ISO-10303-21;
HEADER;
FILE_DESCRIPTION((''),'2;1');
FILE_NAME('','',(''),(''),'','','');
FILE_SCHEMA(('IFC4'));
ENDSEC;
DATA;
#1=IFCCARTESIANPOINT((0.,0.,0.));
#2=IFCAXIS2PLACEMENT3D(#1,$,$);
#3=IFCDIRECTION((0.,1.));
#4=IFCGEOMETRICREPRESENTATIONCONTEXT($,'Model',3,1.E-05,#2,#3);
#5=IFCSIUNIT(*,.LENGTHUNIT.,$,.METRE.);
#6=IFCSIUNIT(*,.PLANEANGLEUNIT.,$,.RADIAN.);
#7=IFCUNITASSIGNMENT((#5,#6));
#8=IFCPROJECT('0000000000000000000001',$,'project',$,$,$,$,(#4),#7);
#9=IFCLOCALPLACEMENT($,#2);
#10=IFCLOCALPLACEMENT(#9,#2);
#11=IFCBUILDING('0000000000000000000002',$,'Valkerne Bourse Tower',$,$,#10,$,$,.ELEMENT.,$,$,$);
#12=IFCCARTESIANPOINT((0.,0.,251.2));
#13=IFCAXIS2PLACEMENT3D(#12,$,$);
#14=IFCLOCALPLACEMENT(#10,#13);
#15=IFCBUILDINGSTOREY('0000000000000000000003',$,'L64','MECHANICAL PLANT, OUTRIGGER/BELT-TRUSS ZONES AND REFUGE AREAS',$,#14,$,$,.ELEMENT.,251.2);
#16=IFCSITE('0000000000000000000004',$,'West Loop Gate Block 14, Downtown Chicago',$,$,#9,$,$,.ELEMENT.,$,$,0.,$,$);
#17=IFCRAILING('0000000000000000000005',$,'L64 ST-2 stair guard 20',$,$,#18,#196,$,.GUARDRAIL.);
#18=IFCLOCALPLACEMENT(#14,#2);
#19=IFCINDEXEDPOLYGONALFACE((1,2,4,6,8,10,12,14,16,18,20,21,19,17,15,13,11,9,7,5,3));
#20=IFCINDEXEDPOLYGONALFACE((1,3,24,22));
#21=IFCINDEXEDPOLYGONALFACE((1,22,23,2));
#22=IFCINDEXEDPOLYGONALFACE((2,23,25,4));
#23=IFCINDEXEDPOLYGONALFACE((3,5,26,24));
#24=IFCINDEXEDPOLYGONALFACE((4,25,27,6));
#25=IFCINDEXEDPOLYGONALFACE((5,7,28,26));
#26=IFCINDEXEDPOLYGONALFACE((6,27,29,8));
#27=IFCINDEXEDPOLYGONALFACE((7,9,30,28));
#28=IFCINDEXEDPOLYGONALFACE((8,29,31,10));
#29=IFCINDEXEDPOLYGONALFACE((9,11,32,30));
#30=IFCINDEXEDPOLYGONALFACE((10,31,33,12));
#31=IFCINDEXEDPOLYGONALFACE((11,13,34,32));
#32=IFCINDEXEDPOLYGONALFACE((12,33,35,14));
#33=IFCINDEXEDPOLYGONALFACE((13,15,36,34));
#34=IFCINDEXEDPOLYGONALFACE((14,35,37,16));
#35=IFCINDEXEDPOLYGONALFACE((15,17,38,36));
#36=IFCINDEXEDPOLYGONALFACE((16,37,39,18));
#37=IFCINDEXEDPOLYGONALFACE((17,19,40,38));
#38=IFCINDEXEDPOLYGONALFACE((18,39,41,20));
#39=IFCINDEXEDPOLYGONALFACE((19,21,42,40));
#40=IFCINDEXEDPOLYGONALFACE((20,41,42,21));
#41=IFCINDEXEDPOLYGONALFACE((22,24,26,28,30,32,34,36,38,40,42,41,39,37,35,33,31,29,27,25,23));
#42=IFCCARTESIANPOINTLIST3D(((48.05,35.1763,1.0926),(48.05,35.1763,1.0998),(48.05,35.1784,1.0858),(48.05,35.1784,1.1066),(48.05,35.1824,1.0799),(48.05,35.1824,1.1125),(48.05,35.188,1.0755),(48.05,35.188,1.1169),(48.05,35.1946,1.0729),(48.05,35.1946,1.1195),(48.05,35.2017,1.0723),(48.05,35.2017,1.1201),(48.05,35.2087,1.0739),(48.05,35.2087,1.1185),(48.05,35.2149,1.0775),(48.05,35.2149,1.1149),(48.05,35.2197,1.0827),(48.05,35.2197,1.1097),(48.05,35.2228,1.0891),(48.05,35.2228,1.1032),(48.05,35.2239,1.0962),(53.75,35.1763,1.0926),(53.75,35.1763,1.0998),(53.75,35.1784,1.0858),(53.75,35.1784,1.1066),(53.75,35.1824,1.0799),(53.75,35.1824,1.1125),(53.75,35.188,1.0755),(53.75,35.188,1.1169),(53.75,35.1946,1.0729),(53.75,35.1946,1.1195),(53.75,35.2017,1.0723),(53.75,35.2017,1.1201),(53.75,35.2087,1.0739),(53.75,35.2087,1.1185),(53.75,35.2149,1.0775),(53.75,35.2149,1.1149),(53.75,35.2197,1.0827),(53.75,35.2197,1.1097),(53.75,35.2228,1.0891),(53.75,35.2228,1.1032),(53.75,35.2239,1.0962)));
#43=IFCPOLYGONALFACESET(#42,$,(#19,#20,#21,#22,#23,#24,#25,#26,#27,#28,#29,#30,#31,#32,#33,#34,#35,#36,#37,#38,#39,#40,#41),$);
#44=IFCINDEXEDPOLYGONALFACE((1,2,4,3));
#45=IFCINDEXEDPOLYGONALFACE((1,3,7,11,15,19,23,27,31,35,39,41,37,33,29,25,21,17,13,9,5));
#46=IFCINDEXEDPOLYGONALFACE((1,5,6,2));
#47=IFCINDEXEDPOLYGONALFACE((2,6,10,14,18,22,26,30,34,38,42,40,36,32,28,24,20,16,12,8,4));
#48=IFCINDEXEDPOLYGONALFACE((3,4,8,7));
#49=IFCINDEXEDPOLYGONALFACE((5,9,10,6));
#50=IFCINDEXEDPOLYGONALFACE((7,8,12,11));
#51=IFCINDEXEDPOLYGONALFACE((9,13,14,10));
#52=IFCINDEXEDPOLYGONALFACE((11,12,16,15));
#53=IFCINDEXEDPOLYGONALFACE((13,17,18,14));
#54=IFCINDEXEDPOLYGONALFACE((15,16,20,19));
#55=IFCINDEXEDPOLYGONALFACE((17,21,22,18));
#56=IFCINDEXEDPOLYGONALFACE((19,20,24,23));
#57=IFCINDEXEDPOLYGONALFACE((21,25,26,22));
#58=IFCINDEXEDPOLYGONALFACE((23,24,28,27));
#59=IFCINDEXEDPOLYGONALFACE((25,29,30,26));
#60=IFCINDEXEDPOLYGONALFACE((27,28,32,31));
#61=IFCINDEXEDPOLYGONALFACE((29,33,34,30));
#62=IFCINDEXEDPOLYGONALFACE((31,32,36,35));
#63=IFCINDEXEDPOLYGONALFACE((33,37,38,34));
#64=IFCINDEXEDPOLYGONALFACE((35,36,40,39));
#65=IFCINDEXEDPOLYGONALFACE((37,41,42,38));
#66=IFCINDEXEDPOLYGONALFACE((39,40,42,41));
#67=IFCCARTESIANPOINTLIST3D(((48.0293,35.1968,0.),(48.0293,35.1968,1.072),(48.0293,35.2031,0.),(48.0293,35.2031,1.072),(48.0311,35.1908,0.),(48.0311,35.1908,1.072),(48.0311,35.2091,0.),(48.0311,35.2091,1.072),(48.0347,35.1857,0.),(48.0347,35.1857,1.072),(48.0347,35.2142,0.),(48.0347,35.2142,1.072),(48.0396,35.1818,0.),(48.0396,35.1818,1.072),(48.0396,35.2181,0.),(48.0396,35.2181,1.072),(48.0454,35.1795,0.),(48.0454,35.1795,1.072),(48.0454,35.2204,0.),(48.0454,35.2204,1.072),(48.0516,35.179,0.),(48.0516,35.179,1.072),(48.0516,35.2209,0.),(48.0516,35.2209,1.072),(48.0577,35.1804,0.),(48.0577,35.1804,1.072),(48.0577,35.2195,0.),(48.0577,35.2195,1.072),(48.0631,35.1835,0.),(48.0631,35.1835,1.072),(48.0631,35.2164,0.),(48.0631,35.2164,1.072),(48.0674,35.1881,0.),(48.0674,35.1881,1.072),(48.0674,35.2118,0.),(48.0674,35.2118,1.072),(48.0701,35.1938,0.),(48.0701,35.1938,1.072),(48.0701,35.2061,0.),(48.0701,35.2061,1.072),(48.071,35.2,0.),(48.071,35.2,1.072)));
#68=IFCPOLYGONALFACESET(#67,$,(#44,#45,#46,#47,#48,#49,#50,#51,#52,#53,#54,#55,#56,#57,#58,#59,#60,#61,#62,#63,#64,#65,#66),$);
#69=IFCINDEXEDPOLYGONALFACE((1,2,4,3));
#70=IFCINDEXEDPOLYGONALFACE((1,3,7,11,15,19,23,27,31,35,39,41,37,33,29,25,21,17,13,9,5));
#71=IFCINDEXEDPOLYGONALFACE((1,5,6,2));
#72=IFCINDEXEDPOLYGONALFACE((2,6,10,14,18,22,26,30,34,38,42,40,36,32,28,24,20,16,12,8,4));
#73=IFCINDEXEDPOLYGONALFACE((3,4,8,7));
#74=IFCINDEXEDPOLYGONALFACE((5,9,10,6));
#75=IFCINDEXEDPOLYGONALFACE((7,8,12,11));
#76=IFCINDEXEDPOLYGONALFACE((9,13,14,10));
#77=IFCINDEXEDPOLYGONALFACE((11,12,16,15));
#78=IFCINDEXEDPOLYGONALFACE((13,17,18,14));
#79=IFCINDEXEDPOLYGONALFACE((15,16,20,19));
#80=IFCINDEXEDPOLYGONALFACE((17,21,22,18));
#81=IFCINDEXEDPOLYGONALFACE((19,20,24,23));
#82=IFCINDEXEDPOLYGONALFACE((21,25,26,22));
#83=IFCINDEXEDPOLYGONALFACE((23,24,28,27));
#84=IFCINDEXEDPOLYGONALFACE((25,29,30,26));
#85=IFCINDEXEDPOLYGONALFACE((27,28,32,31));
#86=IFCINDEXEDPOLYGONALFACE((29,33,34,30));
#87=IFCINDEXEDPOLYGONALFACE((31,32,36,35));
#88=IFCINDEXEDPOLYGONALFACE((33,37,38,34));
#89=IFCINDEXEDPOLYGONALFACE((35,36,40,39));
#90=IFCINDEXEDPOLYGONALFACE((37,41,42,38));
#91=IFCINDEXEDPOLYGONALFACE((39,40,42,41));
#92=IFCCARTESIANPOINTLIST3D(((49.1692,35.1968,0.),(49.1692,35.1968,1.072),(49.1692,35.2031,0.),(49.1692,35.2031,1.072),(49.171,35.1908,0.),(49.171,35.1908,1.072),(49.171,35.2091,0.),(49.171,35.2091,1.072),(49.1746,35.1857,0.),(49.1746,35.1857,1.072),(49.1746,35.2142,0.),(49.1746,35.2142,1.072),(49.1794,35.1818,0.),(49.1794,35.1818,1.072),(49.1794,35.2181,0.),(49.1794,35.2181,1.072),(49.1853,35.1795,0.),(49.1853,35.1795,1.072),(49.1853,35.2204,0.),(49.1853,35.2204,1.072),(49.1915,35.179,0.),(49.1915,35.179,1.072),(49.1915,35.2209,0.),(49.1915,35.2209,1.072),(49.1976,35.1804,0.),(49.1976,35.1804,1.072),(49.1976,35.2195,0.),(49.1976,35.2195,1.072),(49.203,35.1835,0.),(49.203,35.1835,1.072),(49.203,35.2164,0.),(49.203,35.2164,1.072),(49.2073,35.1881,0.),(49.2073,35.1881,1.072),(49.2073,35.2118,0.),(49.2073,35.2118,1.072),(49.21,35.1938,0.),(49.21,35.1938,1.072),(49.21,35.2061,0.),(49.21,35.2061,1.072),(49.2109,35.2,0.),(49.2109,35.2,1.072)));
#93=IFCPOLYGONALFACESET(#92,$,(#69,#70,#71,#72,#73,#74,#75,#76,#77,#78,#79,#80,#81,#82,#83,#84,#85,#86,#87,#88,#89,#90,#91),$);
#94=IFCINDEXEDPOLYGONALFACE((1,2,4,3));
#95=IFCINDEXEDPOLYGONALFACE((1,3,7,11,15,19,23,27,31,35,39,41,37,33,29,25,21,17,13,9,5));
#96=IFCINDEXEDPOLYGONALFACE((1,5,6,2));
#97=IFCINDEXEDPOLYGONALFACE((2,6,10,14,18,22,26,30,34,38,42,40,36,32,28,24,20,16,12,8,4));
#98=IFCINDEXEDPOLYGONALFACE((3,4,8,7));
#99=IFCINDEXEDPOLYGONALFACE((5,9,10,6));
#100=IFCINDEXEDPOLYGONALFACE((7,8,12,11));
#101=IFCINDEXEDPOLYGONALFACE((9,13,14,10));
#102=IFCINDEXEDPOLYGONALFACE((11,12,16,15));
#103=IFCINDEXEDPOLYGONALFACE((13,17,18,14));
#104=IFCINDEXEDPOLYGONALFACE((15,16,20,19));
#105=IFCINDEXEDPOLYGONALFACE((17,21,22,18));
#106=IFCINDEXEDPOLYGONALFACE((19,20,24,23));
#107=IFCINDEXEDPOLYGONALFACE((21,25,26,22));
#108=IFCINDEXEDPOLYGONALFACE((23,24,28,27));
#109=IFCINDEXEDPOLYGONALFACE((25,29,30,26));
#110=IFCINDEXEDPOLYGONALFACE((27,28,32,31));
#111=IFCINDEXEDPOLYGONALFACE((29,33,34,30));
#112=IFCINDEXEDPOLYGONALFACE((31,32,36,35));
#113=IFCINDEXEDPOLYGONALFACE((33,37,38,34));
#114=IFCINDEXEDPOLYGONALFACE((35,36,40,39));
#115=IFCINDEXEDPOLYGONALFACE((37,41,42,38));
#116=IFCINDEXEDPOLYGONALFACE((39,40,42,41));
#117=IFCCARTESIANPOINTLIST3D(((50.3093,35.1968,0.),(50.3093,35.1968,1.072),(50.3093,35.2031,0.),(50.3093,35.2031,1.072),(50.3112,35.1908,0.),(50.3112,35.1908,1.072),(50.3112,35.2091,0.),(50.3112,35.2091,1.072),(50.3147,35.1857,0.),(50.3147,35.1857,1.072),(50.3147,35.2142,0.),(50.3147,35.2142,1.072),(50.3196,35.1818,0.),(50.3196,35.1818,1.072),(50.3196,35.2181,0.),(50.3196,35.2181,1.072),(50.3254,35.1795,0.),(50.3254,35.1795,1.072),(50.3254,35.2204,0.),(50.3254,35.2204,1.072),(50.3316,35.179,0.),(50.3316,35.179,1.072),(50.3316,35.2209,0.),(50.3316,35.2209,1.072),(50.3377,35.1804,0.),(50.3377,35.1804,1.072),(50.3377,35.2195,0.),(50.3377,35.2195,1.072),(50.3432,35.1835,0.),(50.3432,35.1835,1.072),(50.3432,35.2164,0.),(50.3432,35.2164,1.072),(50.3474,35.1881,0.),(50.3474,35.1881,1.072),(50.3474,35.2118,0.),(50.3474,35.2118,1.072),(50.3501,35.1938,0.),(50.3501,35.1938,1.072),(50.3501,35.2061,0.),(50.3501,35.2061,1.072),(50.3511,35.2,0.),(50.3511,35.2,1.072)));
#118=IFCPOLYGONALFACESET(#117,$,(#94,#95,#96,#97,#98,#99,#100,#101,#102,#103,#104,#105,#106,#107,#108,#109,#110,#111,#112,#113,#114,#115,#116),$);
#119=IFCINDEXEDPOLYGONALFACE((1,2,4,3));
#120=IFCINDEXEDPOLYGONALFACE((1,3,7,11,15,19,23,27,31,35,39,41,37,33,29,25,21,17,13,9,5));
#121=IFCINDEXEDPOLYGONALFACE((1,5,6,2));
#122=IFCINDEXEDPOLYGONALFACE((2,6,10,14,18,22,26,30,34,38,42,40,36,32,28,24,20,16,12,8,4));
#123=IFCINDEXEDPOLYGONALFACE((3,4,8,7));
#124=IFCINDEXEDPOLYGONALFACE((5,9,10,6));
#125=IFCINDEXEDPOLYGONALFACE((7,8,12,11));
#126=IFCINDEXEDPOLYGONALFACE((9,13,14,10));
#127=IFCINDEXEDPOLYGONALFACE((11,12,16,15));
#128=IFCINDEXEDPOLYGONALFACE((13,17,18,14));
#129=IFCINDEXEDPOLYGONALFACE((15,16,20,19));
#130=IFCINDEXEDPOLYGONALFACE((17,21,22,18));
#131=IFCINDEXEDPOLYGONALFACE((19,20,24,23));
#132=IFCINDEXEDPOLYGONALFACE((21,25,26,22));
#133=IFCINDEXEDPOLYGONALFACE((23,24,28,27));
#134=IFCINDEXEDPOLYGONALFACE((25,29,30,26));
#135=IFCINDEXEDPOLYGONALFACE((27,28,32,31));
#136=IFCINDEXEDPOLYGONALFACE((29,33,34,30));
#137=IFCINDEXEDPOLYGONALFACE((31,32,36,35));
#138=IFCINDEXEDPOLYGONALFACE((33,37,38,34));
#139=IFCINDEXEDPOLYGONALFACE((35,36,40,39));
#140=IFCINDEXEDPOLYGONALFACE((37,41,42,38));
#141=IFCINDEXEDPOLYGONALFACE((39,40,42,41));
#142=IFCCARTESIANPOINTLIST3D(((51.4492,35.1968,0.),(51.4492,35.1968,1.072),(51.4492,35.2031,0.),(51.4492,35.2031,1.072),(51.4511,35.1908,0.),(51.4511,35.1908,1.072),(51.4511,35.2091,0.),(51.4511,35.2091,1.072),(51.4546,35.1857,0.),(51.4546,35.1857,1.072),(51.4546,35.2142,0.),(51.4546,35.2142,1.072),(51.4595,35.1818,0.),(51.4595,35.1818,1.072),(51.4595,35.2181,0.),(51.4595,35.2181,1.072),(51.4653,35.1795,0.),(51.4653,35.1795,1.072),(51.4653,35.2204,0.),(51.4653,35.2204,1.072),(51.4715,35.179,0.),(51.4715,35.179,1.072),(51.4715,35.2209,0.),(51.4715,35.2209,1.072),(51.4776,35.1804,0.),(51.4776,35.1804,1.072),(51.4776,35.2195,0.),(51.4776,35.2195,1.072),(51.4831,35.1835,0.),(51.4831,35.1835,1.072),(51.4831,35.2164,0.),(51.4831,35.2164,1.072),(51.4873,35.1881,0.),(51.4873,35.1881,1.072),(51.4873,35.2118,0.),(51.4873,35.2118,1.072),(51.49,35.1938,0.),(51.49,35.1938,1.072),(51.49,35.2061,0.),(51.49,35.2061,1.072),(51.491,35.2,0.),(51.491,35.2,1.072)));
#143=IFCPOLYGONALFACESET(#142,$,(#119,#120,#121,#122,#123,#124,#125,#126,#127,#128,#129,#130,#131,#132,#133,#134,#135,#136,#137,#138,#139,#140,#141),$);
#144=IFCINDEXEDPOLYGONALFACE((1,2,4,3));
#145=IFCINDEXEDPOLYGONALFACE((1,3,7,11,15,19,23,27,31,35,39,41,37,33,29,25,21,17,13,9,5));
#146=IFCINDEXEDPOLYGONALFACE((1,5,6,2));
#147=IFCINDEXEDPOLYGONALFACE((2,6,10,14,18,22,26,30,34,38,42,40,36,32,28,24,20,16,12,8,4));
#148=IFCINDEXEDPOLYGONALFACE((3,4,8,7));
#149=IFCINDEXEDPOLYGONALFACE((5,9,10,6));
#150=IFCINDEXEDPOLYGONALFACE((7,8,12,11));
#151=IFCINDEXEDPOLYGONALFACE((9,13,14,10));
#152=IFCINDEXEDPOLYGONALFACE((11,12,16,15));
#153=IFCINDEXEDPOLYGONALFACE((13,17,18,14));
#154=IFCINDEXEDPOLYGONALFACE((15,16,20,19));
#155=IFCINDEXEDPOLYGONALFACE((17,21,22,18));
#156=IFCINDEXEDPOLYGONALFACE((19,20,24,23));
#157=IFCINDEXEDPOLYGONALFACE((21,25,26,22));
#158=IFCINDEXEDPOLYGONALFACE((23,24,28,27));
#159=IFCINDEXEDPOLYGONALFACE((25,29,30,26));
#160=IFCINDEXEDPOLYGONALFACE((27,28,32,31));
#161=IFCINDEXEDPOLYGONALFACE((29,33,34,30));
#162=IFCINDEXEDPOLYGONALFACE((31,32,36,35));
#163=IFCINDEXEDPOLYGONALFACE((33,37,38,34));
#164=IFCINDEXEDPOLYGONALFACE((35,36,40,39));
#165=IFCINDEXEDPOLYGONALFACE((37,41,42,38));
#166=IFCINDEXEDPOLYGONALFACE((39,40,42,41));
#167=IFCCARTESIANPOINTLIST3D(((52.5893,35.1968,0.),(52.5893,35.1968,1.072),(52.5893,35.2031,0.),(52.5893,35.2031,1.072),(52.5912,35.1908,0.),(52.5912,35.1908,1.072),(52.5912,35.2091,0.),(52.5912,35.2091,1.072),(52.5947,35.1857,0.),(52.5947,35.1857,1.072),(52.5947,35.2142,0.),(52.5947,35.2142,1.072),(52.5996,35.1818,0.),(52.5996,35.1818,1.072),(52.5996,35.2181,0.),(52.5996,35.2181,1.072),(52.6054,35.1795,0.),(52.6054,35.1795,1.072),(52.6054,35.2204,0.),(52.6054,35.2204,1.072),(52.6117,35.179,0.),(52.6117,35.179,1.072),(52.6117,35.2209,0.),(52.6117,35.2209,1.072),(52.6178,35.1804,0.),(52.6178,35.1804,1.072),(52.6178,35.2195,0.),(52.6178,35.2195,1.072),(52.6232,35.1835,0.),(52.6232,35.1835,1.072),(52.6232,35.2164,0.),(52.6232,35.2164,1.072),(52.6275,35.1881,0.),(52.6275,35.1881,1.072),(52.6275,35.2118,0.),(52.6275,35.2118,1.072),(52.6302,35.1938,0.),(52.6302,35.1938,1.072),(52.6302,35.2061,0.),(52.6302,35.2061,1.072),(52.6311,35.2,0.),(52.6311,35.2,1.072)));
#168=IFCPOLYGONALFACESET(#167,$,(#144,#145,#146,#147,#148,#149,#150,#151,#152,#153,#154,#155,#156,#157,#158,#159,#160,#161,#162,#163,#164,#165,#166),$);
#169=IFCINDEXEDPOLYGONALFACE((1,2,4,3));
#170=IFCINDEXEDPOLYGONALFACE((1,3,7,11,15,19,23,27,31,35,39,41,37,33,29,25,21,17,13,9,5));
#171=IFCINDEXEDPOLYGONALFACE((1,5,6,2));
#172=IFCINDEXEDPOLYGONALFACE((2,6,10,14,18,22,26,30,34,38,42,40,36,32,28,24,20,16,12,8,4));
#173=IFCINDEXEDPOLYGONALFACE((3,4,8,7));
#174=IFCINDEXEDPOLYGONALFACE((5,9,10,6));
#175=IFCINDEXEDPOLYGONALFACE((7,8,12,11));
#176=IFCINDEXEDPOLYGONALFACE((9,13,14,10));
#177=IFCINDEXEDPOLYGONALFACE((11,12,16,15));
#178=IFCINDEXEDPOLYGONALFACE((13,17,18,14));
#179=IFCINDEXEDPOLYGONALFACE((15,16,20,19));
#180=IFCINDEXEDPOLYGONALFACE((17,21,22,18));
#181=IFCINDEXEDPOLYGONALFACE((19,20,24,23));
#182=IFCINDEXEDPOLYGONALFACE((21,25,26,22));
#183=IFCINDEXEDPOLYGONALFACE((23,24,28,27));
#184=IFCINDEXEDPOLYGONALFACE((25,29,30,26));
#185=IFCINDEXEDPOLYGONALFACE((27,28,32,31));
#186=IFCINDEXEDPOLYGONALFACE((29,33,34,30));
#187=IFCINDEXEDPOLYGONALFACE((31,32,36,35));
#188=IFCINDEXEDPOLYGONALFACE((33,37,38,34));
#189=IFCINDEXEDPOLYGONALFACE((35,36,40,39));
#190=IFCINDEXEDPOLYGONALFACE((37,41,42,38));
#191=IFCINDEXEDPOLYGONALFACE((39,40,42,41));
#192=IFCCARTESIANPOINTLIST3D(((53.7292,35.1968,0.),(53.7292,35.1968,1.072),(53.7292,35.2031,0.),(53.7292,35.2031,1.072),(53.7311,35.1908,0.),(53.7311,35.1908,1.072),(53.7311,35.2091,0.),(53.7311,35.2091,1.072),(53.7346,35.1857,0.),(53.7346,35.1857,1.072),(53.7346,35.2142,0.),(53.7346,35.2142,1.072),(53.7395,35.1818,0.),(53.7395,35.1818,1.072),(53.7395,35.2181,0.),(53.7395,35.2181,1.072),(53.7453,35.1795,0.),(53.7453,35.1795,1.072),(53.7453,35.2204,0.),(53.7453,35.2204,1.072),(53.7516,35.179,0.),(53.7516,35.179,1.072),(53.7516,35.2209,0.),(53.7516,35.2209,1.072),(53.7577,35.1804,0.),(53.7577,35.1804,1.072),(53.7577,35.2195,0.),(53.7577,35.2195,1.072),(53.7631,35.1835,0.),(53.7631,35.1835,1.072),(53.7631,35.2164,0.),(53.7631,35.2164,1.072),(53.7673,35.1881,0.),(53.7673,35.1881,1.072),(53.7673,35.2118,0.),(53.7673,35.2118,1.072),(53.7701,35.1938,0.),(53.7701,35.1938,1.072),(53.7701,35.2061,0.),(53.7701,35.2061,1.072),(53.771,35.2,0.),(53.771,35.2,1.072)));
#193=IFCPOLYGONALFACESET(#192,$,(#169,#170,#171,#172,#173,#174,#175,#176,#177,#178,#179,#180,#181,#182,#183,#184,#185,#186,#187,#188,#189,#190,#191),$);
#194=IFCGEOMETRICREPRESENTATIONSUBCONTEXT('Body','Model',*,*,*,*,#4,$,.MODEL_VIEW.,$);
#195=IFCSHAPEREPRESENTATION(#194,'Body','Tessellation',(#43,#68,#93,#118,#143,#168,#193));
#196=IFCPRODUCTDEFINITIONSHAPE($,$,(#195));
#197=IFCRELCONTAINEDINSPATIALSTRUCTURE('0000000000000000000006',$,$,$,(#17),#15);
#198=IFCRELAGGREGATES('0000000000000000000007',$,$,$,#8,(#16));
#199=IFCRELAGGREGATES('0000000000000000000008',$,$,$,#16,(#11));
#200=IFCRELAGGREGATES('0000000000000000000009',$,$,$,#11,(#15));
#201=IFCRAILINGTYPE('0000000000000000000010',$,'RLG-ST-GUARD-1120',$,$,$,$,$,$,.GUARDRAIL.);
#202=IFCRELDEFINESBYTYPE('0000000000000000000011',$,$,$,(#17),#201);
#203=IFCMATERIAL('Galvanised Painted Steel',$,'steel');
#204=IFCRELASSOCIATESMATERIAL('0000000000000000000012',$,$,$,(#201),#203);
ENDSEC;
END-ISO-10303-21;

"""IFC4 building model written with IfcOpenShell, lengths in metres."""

from ifc_helpers import new_model, si_unit, direction, frame, origin, origin_2d, place, context, subcontext, project, spatial, circle, extrude, material, type_object, element, save


model = new_model("IFC4")

# Units and contexts
model_context = context("Model", 3, precision=1e-05, world=origin(), true_north=direction((0.0, 1.0)))
body_context = subcontext(model_context, "Body", "Model", "MODEL_VIEW")
ifc_project = project(units=[si_unit("LENGTHUNIT", "METRE"), si_unit("PLANEANGLEUNIT", "RADIAN")], contexts=[model_context])

# Site, building, storey
site_placement = place(None, origin())
site = spatial("IfcSite", under=ifc_project, at=site_placement, Name="West Loop Gate Block 14, Downtown Chicago", CompositionType="ELEMENT", RefElevation=0.0)
building_placement = place(site_placement, origin())
building = spatial("IfcBuilding", under=site, at=building_placement, Name="Valkerne Bourse Tower", CompositionType="ELEMENT")
storey_placement = place(building_placement, frame((0.0, 0.0, 251.2)))
storey = spatial("IfcBuildingStorey", under=building, at=storey_placement, Name="L64", Description="MECHANICAL PLANT, OUTRIGGER/BELT-TRUSS ZONES AND REFUGE AREAS", CompositionType="ELEMENT", Elevation=251.2)

# Railing
ifc_material_1 = material(Name="Galvanised Painted Steel", Category="steel")
railing_type_1 = type_object("IfcRailingType", Name="RLG-ST-GUARD-1120", PredefinedType="GUARDRAIL", material=ifc_material_1)
railing_1_placement = place(storey_placement, frame((48.05, 35.2, 0.0)))
element("IfcRailing", 1, at=railing_1_placement, inside=storey, type_object=railing_type_1, Name="L64 ST-2 stair guard 20", PredefinedType="GUARDRAIL", context=body_context, shape_type="SweptSolid", body=[
    extrude(circle(Radius=0.0239, at=origin_2d()), frame((0.0, 0.0, 1.0962), z_axis=(1.0, 0.0, 0.0), x_axis=(0.0, 1.0, 0.0)), (0.0, 0.0, 1.0), 5.7),
    extrude(circle(Radius=0.021, at=origin_2d()), origin(), (0.0, 0.0, 1.0), 1.072),
    extrude(circle(Radius=0.021, at=origin_2d()), frame((1.1399, 0.0, 0.0)), (0.0, 0.0, 1.0), 1.072),
    extrude(circle(Radius=0.021, at=origin_2d()), frame((2.28, 0.0, 0.0)), (0.0, 0.0, 1.0), 1.072),
    extrude(circle(Radius=0.021, at=origin_2d()), frame((3.4199, 0.0, 0.0)), (0.0, 0.0, 1.0), 1.072),
    extrude(circle(Radius=0.021, at=origin_2d()), frame((4.5601, 0.0, 0.0)), (0.0, 0.0, 1.0), 1.072),
    extrude(circle(Radius=0.021, at=origin_2d()), frame((5.7, 0.0, 0.0)), (0.0, 0.0, 1.0), 1.072),
])

save(model, "model.ifc")
